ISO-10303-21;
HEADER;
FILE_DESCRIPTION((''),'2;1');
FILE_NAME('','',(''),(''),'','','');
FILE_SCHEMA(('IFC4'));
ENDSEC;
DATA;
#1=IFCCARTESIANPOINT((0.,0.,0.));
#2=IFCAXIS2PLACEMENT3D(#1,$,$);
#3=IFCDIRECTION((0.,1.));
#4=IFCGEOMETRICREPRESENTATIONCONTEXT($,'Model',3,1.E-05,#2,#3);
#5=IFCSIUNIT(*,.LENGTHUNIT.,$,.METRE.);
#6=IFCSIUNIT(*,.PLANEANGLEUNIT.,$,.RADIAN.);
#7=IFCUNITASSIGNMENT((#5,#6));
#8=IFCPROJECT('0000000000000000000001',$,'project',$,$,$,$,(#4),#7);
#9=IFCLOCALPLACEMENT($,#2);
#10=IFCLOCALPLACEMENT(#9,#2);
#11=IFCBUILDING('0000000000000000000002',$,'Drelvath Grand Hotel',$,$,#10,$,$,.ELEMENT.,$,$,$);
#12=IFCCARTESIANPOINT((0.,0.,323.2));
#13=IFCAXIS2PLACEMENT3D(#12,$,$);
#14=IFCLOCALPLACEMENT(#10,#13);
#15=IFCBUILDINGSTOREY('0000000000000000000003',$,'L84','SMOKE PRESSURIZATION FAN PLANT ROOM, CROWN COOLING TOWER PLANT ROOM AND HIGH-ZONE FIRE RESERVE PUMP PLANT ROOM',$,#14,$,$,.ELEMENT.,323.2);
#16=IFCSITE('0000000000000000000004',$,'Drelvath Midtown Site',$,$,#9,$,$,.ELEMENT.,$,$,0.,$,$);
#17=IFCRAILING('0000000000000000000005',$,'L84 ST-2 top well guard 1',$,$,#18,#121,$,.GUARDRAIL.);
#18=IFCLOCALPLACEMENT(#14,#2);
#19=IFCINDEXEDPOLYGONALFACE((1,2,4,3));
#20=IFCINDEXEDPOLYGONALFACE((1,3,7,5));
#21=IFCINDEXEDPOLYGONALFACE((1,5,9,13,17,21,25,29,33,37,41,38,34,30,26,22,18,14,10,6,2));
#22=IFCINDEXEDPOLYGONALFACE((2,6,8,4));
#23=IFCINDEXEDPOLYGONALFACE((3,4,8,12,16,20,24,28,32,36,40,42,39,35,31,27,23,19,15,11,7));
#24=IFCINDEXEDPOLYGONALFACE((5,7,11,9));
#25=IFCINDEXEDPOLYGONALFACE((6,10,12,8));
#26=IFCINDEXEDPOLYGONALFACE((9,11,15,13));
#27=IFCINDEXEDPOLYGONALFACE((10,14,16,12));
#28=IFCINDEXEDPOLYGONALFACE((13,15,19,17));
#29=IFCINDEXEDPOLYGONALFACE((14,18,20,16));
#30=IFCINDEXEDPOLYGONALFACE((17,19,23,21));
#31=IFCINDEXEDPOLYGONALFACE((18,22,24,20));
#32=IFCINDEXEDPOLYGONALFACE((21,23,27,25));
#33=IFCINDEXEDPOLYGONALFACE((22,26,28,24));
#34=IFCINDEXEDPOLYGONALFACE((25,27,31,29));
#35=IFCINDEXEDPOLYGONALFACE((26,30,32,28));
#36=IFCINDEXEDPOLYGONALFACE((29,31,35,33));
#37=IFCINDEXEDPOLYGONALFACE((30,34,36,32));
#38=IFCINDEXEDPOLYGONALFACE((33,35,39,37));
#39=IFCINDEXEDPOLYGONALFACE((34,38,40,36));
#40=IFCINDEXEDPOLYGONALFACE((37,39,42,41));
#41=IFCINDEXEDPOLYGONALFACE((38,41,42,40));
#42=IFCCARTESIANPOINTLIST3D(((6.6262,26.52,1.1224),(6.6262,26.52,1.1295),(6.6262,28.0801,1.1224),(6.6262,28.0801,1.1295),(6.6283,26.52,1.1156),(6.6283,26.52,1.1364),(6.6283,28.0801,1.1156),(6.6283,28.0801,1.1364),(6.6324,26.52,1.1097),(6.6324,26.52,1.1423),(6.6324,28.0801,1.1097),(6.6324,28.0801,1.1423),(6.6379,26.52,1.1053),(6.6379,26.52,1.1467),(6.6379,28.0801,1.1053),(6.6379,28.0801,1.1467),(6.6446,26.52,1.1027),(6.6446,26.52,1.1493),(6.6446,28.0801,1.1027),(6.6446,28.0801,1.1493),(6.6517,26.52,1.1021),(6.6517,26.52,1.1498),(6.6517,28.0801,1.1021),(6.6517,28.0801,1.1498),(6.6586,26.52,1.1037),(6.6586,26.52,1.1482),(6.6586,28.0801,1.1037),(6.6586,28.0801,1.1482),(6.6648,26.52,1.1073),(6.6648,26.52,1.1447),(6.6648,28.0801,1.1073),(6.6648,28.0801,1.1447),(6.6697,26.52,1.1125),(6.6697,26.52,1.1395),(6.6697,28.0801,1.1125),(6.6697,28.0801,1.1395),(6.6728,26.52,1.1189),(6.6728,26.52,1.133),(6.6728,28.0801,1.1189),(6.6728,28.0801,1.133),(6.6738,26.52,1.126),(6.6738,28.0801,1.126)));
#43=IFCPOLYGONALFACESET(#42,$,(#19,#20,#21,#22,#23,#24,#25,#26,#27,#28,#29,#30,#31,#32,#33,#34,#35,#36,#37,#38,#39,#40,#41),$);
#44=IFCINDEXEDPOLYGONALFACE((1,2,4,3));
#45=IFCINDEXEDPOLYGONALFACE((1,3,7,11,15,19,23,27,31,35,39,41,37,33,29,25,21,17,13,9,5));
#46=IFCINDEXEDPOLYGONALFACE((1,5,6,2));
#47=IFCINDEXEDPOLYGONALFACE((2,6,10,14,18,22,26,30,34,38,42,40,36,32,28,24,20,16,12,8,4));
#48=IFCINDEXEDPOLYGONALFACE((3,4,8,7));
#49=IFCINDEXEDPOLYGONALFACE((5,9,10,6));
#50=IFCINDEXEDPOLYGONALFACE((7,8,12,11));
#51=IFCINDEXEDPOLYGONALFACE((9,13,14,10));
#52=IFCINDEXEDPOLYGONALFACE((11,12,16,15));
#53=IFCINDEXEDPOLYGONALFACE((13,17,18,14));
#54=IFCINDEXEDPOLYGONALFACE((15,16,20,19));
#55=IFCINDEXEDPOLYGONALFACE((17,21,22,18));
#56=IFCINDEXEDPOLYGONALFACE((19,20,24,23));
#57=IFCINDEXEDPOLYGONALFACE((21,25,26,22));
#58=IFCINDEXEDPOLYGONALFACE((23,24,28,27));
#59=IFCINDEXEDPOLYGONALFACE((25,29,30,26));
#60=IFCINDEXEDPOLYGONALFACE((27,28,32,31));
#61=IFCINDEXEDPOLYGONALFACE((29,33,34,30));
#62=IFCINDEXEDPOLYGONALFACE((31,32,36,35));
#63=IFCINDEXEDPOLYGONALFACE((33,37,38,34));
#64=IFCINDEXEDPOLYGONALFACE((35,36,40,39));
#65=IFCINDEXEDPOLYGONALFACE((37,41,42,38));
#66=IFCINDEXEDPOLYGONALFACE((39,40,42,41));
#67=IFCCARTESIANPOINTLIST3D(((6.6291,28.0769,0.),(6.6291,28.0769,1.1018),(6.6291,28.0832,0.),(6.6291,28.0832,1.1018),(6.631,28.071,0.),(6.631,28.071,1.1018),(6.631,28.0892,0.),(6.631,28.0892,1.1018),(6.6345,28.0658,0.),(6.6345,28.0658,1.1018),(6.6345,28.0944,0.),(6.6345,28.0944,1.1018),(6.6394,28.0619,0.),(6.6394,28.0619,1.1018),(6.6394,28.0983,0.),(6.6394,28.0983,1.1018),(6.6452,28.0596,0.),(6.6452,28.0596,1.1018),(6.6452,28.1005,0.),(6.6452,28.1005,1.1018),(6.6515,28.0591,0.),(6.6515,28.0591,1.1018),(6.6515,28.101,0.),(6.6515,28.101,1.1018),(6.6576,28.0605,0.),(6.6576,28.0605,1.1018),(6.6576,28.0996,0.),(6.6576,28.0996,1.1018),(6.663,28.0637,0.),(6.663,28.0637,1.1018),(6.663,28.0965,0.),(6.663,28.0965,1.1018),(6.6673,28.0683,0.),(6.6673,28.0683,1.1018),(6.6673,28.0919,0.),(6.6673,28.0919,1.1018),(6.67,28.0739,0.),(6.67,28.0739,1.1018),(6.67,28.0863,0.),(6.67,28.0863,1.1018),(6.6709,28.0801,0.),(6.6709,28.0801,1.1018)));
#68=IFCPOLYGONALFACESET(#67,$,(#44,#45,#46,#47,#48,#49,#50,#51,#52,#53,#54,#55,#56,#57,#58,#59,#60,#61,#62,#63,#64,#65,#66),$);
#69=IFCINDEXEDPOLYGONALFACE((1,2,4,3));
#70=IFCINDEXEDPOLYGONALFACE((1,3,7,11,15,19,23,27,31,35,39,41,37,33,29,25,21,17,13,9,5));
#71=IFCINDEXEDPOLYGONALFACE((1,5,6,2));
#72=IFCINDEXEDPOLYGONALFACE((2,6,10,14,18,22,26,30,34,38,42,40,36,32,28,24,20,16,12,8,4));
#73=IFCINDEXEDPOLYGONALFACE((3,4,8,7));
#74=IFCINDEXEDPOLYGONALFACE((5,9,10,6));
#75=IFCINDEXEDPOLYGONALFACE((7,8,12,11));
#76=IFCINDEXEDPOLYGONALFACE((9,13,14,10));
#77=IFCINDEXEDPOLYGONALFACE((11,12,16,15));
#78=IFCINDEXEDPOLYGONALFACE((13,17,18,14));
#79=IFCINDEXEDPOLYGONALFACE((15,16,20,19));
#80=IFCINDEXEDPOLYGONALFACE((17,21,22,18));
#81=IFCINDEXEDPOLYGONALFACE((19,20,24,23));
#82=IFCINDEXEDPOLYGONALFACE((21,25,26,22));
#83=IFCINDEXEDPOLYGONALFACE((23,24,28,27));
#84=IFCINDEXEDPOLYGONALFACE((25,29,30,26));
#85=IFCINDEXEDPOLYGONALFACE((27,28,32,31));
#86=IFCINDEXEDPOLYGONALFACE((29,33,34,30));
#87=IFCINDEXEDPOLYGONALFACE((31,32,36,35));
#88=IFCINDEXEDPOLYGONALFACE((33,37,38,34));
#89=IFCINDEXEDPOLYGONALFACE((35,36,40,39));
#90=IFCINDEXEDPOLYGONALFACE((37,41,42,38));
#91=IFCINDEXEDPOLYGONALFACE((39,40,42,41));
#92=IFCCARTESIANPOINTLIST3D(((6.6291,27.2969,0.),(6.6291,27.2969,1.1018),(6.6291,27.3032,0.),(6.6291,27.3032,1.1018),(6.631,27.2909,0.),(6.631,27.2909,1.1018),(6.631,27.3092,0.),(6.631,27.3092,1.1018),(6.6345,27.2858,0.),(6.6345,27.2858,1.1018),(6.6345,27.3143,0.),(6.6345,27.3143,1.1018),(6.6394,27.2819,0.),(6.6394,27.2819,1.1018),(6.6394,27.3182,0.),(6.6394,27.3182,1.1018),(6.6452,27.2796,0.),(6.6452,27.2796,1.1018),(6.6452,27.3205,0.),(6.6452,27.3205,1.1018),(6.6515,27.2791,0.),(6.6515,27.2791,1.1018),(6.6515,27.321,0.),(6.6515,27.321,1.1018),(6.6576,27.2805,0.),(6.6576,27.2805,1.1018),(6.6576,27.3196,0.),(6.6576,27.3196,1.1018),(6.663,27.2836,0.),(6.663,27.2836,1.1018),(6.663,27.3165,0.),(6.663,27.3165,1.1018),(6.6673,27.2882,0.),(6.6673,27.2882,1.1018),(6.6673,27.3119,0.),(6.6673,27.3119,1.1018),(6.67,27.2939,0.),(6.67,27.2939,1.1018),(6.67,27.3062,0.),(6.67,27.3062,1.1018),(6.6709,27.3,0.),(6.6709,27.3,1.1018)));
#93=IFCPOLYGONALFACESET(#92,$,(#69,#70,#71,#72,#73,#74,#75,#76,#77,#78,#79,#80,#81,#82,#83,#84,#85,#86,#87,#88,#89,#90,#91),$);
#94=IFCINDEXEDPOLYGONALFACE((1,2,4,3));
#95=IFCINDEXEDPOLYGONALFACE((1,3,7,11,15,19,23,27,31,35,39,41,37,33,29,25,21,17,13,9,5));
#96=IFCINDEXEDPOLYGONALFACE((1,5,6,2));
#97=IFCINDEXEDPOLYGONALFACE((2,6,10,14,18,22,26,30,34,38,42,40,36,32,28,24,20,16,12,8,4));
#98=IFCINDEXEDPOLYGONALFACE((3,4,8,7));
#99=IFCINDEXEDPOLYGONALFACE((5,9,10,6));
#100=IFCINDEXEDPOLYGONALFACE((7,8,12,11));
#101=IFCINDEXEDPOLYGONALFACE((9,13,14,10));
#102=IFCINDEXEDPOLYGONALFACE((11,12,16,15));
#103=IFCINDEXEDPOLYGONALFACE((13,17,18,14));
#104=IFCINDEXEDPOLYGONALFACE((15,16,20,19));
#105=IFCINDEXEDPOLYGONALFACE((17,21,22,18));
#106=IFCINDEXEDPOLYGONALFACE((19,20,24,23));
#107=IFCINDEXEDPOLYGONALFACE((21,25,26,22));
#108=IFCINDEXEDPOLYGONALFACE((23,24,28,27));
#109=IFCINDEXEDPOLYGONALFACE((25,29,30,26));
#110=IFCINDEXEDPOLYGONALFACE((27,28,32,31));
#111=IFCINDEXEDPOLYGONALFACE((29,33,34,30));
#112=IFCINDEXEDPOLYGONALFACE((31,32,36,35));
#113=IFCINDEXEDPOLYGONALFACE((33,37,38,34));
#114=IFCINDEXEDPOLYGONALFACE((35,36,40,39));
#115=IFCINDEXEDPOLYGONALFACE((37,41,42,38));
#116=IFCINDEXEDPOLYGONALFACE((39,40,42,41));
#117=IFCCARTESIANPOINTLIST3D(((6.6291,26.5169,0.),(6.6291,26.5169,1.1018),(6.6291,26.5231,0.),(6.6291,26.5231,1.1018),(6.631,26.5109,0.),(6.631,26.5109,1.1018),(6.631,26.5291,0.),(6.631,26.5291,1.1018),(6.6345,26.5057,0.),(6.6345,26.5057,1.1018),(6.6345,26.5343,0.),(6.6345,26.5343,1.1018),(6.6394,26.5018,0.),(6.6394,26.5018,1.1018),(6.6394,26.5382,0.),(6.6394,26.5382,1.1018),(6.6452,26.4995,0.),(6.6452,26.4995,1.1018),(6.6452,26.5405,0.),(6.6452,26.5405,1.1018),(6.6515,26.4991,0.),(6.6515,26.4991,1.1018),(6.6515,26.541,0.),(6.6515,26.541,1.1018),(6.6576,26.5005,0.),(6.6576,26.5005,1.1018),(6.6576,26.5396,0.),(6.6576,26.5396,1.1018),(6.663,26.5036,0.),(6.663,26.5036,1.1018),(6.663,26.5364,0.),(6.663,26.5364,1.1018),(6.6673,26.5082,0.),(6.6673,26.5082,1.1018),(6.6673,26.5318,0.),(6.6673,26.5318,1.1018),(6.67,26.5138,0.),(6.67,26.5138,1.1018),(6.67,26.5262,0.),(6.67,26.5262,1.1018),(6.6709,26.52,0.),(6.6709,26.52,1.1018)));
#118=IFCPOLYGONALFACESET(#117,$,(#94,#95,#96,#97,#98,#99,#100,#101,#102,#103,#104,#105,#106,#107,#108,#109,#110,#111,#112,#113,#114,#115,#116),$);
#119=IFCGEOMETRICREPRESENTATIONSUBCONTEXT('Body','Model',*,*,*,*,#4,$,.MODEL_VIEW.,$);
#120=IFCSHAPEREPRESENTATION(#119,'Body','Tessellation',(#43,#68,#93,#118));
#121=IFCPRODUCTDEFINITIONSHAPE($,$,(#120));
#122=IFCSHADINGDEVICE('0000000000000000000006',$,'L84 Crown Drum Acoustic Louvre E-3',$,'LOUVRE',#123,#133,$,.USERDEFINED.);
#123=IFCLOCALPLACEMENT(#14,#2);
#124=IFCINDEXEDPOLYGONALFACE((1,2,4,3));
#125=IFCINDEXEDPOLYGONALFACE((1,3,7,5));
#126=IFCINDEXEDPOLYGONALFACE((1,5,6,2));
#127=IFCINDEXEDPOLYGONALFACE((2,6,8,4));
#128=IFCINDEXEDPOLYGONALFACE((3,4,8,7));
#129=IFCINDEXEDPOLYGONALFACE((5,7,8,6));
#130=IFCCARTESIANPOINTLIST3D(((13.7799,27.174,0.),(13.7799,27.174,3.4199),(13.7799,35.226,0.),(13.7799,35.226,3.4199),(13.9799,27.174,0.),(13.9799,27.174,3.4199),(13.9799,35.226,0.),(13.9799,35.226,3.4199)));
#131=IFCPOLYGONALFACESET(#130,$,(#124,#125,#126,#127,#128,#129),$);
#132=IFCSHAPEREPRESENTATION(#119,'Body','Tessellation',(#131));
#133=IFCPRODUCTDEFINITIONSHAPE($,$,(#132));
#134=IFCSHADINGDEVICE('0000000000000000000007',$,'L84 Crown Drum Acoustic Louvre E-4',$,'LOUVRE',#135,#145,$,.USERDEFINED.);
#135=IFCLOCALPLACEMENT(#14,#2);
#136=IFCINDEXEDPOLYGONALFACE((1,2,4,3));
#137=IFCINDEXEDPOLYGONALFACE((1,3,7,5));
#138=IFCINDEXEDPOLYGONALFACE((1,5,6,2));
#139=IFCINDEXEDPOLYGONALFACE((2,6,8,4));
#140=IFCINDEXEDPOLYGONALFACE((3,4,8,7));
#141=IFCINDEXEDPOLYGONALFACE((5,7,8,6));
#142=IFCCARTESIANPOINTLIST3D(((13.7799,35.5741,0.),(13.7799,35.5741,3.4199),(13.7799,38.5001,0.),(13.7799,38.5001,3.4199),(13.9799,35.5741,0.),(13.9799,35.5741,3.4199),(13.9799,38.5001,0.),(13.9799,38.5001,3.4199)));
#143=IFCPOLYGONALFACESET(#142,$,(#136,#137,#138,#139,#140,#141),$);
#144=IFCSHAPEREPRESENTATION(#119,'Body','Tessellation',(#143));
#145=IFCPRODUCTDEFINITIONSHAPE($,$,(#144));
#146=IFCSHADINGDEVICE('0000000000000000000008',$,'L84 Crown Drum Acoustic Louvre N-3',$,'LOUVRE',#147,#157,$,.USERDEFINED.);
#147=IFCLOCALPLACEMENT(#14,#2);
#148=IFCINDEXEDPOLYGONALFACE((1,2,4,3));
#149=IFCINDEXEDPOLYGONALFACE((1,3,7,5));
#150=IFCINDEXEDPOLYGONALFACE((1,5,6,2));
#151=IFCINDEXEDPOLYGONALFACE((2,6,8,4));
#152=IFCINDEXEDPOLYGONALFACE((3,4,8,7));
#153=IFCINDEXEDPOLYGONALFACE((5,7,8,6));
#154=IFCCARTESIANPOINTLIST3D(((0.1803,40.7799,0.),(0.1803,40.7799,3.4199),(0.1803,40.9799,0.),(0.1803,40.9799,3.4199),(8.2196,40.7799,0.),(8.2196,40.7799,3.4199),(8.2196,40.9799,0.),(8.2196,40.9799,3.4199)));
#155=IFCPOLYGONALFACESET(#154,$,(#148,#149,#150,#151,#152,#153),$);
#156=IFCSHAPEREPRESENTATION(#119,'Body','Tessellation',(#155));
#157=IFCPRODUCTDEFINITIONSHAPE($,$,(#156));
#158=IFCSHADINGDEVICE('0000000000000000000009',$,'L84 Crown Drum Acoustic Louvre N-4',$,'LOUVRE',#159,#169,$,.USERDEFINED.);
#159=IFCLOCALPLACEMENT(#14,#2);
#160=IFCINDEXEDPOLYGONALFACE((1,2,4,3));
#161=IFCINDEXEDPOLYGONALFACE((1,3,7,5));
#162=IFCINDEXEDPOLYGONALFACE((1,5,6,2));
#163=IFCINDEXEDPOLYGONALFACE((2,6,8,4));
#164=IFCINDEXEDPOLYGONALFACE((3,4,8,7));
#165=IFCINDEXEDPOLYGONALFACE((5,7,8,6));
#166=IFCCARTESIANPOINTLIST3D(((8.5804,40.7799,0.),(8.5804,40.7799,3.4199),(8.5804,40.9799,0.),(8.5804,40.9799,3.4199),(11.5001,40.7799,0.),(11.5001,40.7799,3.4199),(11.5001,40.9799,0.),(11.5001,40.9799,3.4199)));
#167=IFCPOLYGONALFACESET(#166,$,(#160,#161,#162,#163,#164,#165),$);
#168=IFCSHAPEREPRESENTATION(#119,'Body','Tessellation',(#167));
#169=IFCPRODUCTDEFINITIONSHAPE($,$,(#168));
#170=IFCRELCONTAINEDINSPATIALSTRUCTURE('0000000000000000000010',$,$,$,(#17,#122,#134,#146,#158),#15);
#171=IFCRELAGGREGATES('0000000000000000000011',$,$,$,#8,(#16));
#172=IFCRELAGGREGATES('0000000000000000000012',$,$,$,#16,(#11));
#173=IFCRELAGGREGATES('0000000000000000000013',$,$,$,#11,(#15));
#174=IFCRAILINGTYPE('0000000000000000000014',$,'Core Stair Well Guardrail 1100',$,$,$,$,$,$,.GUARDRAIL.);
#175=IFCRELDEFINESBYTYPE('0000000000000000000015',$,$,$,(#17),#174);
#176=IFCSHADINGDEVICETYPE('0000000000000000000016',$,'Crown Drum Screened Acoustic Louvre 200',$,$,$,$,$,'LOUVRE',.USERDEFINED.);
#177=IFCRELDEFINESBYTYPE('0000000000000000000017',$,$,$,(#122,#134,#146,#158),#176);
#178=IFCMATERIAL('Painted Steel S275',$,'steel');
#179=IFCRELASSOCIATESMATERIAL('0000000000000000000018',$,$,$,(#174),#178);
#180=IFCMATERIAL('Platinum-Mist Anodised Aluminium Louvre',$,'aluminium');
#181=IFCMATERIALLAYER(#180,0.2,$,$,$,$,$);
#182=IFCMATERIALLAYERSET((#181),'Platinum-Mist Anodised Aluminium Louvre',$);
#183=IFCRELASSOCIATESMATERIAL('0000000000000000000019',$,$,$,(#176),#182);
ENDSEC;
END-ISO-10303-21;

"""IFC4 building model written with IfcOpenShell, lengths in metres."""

from ifc_helpers import new_model, si_unit, direction, frame, origin, origin_2d, place, context, subcontext, project, spatial, rectangle, circle, extrude, material, layer, layer_set, type_object, element, save


model = new_model("IFC4")

# Units and contexts
model_context = context("Model", 3, precision=1e-05, world=origin(), true_north=direction((0.0, 1.0)))
body_context = subcontext(model_context, "Body", "Model", "MODEL_VIEW")
ifc_project = project(units=[si_unit("LENGTHUNIT", "METRE"), si_unit("PLANEANGLEUNIT", "RADIAN")], contexts=[model_context])

# Site, building, storey
site_placement = place(None, origin())
site = spatial("IfcSite", under=ifc_project, at=site_placement, Name="Drelvath Midtown Site", CompositionType="ELEMENT", RefElevation=0.0)
building_placement = place(site_placement, origin())
building = spatial("IfcBuilding", under=site, at=building_placement, Name="Drelvath Grand Hotel", CompositionType="ELEMENT")
storey_placement = place(building_placement, frame((0.0, 0.0, 323.2)))
storey = spatial("IfcBuildingStorey", under=building, at=storey_placement, Name="L84", Description="SMOKE PRESSURIZATION FAN PLANT ROOM, CROWN COOLING TOWER PLANT ROOM AND HIGH-ZONE FIRE RESERVE PUMP PLANT ROOM", CompositionType="ELEMENT", Elevation=323.2)

# Shared definitions
ifc_material_1 = material(Name="Painted Steel S275", Category="steel")

# Railing
railing_type = type_object("IfcRailingType", Name="Core Stair Well Guardrail 1100", PredefinedType="GUARDRAIL", material=ifc_material_1)
railing_placement = place(storey_placement, frame((6.6499, 28.0801, 0.0)))
element("IfcRailing", 1, at=railing_placement, inside=storey, type_object=railing_type, Name="L84 ST-2 top well guard 1", PredefinedType="GUARDRAIL", context=body_context, shape_type="SweptSolid", body=[
    extrude(circle(Radius=0.0239, at=origin_2d()), frame((0.0, 0.0, 1.126), z_axis=(0.0, -1.0, 0.0), x_axis=(1.0, 0.0, 0.0)), (0.0, 0.0, 1.0), 1.5601),
    extrude(circle(Radius=0.021, at=origin_2d()), origin(), (0.0, 0.0, 1.0), 1.1018),
    extrude(circle(Radius=0.021, at=origin_2d()), frame((0.0, -0.78, 0.0)), (0.0, 0.0, 1.0), 1.1018),
    extrude(circle(Radius=0.021, at=origin_2d()), frame((0.0, -1.5601, 0.0)), (0.0, 0.0, 1.0), 1.1018),
])

# Shading devices
ifc_material_2 = material(Name="Platinum-Mist Anodised Aluminium Louvre", Category="aluminium")
ifc_layer_1 = layer(ifc_material_2, 0.2)
ifc_layer_set_1 = layer_set([ifc_layer_1], Name="Platinum-Mist Anodised Aluminium Louvre")
shading_device_type = type_object("IfcShadingDeviceType", Name="Crown Drum Screened Acoustic Louvre 200", ElementType="LOUVRE", PredefinedType="USERDEFINED", material=ifc_layer_set_1)
shading_device_1_placement = place(storey_placement, frame((13.8799, 31.2, 0.0), z_axis=(0.0, 0.0, 1.0), x_axis=(0.0, 1.0, 0.0)))
element("IfcShadingDevice", 2, at=shading_device_1_placement, inside=storey, type_object=shading_device_type, Name="L84 Crown Drum Acoustic Louvre E-3", ObjectType="LOUVRE", PredefinedType="USERDEFINED", context=body_context, shape_type="SweptSolid", body=[
    extrude(rectangle(XDim=8.052, YDim=0.2, at=origin_2d()), origin(), (0.0, 0.0, 1.0), 3.4199),
])
shading_device_2_placement = place(storey_placement, frame((13.8799, 37.0371, 0.0), z_axis=(0.0, 0.0, 1.0), x_axis=(0.0, 1.0, 0.0)))
element("IfcShadingDevice", 3, at=shading_device_2_placement, inside=storey, type_object=shading_device_type, Name="L84 Crown Drum Acoustic Louvre E-4", ObjectType="LOUVRE", PredefinedType="USERDEFINED", context=body_context, shape_type="SweptSolid", body=[
    extrude(rectangle(XDim=2.926, YDim=0.2, at=origin_2d()), origin(), (0.0, 0.0, 1.0), 3.4199),
])
shading_device_3_placement = place(storey_placement, frame((4.2, 40.8799, 0.0), z_axis=(0.0, 0.0, 1.0), x_axis=(1.0, 0.0, 0.0)))
element("IfcShadingDevice", 4, at=shading_device_3_placement, inside=storey, type_object=shading_device_type, Name="L84 Crown Drum Acoustic Louvre N-3", ObjectType="LOUVRE", PredefinedType="USERDEFINED", context=body_context, shape_type="SweptSolid", body=[
    extrude(rectangle(XDim=8.0393, YDim=0.2, at=origin_2d()), origin(), (0.0, 0.0, 1.0), 3.4199),
])
shading_device_4_placement = place(storey_placement, frame((10.0403, 40.8799, 0.0), z_axis=(0.0, 0.0, 1.0), x_axis=(1.0, 0.0, 0.0)))
element("IfcShadingDevice", 5, at=shading_device_4_placement, inside=storey, type_object=shading_device_type, Name="L84 Crown Drum Acoustic Louvre N-4", ObjectType="LOUVRE", PredefinedType="USERDEFINED", context=body_context, shape_type="SweptSolid", body=[
    extrude(rectangle(XDim=2.9197, YDim=0.2, at=origin_2d()), origin(), (0.0, 0.0, 1.0), 3.4199),
])

save(model, "model.ifc")
